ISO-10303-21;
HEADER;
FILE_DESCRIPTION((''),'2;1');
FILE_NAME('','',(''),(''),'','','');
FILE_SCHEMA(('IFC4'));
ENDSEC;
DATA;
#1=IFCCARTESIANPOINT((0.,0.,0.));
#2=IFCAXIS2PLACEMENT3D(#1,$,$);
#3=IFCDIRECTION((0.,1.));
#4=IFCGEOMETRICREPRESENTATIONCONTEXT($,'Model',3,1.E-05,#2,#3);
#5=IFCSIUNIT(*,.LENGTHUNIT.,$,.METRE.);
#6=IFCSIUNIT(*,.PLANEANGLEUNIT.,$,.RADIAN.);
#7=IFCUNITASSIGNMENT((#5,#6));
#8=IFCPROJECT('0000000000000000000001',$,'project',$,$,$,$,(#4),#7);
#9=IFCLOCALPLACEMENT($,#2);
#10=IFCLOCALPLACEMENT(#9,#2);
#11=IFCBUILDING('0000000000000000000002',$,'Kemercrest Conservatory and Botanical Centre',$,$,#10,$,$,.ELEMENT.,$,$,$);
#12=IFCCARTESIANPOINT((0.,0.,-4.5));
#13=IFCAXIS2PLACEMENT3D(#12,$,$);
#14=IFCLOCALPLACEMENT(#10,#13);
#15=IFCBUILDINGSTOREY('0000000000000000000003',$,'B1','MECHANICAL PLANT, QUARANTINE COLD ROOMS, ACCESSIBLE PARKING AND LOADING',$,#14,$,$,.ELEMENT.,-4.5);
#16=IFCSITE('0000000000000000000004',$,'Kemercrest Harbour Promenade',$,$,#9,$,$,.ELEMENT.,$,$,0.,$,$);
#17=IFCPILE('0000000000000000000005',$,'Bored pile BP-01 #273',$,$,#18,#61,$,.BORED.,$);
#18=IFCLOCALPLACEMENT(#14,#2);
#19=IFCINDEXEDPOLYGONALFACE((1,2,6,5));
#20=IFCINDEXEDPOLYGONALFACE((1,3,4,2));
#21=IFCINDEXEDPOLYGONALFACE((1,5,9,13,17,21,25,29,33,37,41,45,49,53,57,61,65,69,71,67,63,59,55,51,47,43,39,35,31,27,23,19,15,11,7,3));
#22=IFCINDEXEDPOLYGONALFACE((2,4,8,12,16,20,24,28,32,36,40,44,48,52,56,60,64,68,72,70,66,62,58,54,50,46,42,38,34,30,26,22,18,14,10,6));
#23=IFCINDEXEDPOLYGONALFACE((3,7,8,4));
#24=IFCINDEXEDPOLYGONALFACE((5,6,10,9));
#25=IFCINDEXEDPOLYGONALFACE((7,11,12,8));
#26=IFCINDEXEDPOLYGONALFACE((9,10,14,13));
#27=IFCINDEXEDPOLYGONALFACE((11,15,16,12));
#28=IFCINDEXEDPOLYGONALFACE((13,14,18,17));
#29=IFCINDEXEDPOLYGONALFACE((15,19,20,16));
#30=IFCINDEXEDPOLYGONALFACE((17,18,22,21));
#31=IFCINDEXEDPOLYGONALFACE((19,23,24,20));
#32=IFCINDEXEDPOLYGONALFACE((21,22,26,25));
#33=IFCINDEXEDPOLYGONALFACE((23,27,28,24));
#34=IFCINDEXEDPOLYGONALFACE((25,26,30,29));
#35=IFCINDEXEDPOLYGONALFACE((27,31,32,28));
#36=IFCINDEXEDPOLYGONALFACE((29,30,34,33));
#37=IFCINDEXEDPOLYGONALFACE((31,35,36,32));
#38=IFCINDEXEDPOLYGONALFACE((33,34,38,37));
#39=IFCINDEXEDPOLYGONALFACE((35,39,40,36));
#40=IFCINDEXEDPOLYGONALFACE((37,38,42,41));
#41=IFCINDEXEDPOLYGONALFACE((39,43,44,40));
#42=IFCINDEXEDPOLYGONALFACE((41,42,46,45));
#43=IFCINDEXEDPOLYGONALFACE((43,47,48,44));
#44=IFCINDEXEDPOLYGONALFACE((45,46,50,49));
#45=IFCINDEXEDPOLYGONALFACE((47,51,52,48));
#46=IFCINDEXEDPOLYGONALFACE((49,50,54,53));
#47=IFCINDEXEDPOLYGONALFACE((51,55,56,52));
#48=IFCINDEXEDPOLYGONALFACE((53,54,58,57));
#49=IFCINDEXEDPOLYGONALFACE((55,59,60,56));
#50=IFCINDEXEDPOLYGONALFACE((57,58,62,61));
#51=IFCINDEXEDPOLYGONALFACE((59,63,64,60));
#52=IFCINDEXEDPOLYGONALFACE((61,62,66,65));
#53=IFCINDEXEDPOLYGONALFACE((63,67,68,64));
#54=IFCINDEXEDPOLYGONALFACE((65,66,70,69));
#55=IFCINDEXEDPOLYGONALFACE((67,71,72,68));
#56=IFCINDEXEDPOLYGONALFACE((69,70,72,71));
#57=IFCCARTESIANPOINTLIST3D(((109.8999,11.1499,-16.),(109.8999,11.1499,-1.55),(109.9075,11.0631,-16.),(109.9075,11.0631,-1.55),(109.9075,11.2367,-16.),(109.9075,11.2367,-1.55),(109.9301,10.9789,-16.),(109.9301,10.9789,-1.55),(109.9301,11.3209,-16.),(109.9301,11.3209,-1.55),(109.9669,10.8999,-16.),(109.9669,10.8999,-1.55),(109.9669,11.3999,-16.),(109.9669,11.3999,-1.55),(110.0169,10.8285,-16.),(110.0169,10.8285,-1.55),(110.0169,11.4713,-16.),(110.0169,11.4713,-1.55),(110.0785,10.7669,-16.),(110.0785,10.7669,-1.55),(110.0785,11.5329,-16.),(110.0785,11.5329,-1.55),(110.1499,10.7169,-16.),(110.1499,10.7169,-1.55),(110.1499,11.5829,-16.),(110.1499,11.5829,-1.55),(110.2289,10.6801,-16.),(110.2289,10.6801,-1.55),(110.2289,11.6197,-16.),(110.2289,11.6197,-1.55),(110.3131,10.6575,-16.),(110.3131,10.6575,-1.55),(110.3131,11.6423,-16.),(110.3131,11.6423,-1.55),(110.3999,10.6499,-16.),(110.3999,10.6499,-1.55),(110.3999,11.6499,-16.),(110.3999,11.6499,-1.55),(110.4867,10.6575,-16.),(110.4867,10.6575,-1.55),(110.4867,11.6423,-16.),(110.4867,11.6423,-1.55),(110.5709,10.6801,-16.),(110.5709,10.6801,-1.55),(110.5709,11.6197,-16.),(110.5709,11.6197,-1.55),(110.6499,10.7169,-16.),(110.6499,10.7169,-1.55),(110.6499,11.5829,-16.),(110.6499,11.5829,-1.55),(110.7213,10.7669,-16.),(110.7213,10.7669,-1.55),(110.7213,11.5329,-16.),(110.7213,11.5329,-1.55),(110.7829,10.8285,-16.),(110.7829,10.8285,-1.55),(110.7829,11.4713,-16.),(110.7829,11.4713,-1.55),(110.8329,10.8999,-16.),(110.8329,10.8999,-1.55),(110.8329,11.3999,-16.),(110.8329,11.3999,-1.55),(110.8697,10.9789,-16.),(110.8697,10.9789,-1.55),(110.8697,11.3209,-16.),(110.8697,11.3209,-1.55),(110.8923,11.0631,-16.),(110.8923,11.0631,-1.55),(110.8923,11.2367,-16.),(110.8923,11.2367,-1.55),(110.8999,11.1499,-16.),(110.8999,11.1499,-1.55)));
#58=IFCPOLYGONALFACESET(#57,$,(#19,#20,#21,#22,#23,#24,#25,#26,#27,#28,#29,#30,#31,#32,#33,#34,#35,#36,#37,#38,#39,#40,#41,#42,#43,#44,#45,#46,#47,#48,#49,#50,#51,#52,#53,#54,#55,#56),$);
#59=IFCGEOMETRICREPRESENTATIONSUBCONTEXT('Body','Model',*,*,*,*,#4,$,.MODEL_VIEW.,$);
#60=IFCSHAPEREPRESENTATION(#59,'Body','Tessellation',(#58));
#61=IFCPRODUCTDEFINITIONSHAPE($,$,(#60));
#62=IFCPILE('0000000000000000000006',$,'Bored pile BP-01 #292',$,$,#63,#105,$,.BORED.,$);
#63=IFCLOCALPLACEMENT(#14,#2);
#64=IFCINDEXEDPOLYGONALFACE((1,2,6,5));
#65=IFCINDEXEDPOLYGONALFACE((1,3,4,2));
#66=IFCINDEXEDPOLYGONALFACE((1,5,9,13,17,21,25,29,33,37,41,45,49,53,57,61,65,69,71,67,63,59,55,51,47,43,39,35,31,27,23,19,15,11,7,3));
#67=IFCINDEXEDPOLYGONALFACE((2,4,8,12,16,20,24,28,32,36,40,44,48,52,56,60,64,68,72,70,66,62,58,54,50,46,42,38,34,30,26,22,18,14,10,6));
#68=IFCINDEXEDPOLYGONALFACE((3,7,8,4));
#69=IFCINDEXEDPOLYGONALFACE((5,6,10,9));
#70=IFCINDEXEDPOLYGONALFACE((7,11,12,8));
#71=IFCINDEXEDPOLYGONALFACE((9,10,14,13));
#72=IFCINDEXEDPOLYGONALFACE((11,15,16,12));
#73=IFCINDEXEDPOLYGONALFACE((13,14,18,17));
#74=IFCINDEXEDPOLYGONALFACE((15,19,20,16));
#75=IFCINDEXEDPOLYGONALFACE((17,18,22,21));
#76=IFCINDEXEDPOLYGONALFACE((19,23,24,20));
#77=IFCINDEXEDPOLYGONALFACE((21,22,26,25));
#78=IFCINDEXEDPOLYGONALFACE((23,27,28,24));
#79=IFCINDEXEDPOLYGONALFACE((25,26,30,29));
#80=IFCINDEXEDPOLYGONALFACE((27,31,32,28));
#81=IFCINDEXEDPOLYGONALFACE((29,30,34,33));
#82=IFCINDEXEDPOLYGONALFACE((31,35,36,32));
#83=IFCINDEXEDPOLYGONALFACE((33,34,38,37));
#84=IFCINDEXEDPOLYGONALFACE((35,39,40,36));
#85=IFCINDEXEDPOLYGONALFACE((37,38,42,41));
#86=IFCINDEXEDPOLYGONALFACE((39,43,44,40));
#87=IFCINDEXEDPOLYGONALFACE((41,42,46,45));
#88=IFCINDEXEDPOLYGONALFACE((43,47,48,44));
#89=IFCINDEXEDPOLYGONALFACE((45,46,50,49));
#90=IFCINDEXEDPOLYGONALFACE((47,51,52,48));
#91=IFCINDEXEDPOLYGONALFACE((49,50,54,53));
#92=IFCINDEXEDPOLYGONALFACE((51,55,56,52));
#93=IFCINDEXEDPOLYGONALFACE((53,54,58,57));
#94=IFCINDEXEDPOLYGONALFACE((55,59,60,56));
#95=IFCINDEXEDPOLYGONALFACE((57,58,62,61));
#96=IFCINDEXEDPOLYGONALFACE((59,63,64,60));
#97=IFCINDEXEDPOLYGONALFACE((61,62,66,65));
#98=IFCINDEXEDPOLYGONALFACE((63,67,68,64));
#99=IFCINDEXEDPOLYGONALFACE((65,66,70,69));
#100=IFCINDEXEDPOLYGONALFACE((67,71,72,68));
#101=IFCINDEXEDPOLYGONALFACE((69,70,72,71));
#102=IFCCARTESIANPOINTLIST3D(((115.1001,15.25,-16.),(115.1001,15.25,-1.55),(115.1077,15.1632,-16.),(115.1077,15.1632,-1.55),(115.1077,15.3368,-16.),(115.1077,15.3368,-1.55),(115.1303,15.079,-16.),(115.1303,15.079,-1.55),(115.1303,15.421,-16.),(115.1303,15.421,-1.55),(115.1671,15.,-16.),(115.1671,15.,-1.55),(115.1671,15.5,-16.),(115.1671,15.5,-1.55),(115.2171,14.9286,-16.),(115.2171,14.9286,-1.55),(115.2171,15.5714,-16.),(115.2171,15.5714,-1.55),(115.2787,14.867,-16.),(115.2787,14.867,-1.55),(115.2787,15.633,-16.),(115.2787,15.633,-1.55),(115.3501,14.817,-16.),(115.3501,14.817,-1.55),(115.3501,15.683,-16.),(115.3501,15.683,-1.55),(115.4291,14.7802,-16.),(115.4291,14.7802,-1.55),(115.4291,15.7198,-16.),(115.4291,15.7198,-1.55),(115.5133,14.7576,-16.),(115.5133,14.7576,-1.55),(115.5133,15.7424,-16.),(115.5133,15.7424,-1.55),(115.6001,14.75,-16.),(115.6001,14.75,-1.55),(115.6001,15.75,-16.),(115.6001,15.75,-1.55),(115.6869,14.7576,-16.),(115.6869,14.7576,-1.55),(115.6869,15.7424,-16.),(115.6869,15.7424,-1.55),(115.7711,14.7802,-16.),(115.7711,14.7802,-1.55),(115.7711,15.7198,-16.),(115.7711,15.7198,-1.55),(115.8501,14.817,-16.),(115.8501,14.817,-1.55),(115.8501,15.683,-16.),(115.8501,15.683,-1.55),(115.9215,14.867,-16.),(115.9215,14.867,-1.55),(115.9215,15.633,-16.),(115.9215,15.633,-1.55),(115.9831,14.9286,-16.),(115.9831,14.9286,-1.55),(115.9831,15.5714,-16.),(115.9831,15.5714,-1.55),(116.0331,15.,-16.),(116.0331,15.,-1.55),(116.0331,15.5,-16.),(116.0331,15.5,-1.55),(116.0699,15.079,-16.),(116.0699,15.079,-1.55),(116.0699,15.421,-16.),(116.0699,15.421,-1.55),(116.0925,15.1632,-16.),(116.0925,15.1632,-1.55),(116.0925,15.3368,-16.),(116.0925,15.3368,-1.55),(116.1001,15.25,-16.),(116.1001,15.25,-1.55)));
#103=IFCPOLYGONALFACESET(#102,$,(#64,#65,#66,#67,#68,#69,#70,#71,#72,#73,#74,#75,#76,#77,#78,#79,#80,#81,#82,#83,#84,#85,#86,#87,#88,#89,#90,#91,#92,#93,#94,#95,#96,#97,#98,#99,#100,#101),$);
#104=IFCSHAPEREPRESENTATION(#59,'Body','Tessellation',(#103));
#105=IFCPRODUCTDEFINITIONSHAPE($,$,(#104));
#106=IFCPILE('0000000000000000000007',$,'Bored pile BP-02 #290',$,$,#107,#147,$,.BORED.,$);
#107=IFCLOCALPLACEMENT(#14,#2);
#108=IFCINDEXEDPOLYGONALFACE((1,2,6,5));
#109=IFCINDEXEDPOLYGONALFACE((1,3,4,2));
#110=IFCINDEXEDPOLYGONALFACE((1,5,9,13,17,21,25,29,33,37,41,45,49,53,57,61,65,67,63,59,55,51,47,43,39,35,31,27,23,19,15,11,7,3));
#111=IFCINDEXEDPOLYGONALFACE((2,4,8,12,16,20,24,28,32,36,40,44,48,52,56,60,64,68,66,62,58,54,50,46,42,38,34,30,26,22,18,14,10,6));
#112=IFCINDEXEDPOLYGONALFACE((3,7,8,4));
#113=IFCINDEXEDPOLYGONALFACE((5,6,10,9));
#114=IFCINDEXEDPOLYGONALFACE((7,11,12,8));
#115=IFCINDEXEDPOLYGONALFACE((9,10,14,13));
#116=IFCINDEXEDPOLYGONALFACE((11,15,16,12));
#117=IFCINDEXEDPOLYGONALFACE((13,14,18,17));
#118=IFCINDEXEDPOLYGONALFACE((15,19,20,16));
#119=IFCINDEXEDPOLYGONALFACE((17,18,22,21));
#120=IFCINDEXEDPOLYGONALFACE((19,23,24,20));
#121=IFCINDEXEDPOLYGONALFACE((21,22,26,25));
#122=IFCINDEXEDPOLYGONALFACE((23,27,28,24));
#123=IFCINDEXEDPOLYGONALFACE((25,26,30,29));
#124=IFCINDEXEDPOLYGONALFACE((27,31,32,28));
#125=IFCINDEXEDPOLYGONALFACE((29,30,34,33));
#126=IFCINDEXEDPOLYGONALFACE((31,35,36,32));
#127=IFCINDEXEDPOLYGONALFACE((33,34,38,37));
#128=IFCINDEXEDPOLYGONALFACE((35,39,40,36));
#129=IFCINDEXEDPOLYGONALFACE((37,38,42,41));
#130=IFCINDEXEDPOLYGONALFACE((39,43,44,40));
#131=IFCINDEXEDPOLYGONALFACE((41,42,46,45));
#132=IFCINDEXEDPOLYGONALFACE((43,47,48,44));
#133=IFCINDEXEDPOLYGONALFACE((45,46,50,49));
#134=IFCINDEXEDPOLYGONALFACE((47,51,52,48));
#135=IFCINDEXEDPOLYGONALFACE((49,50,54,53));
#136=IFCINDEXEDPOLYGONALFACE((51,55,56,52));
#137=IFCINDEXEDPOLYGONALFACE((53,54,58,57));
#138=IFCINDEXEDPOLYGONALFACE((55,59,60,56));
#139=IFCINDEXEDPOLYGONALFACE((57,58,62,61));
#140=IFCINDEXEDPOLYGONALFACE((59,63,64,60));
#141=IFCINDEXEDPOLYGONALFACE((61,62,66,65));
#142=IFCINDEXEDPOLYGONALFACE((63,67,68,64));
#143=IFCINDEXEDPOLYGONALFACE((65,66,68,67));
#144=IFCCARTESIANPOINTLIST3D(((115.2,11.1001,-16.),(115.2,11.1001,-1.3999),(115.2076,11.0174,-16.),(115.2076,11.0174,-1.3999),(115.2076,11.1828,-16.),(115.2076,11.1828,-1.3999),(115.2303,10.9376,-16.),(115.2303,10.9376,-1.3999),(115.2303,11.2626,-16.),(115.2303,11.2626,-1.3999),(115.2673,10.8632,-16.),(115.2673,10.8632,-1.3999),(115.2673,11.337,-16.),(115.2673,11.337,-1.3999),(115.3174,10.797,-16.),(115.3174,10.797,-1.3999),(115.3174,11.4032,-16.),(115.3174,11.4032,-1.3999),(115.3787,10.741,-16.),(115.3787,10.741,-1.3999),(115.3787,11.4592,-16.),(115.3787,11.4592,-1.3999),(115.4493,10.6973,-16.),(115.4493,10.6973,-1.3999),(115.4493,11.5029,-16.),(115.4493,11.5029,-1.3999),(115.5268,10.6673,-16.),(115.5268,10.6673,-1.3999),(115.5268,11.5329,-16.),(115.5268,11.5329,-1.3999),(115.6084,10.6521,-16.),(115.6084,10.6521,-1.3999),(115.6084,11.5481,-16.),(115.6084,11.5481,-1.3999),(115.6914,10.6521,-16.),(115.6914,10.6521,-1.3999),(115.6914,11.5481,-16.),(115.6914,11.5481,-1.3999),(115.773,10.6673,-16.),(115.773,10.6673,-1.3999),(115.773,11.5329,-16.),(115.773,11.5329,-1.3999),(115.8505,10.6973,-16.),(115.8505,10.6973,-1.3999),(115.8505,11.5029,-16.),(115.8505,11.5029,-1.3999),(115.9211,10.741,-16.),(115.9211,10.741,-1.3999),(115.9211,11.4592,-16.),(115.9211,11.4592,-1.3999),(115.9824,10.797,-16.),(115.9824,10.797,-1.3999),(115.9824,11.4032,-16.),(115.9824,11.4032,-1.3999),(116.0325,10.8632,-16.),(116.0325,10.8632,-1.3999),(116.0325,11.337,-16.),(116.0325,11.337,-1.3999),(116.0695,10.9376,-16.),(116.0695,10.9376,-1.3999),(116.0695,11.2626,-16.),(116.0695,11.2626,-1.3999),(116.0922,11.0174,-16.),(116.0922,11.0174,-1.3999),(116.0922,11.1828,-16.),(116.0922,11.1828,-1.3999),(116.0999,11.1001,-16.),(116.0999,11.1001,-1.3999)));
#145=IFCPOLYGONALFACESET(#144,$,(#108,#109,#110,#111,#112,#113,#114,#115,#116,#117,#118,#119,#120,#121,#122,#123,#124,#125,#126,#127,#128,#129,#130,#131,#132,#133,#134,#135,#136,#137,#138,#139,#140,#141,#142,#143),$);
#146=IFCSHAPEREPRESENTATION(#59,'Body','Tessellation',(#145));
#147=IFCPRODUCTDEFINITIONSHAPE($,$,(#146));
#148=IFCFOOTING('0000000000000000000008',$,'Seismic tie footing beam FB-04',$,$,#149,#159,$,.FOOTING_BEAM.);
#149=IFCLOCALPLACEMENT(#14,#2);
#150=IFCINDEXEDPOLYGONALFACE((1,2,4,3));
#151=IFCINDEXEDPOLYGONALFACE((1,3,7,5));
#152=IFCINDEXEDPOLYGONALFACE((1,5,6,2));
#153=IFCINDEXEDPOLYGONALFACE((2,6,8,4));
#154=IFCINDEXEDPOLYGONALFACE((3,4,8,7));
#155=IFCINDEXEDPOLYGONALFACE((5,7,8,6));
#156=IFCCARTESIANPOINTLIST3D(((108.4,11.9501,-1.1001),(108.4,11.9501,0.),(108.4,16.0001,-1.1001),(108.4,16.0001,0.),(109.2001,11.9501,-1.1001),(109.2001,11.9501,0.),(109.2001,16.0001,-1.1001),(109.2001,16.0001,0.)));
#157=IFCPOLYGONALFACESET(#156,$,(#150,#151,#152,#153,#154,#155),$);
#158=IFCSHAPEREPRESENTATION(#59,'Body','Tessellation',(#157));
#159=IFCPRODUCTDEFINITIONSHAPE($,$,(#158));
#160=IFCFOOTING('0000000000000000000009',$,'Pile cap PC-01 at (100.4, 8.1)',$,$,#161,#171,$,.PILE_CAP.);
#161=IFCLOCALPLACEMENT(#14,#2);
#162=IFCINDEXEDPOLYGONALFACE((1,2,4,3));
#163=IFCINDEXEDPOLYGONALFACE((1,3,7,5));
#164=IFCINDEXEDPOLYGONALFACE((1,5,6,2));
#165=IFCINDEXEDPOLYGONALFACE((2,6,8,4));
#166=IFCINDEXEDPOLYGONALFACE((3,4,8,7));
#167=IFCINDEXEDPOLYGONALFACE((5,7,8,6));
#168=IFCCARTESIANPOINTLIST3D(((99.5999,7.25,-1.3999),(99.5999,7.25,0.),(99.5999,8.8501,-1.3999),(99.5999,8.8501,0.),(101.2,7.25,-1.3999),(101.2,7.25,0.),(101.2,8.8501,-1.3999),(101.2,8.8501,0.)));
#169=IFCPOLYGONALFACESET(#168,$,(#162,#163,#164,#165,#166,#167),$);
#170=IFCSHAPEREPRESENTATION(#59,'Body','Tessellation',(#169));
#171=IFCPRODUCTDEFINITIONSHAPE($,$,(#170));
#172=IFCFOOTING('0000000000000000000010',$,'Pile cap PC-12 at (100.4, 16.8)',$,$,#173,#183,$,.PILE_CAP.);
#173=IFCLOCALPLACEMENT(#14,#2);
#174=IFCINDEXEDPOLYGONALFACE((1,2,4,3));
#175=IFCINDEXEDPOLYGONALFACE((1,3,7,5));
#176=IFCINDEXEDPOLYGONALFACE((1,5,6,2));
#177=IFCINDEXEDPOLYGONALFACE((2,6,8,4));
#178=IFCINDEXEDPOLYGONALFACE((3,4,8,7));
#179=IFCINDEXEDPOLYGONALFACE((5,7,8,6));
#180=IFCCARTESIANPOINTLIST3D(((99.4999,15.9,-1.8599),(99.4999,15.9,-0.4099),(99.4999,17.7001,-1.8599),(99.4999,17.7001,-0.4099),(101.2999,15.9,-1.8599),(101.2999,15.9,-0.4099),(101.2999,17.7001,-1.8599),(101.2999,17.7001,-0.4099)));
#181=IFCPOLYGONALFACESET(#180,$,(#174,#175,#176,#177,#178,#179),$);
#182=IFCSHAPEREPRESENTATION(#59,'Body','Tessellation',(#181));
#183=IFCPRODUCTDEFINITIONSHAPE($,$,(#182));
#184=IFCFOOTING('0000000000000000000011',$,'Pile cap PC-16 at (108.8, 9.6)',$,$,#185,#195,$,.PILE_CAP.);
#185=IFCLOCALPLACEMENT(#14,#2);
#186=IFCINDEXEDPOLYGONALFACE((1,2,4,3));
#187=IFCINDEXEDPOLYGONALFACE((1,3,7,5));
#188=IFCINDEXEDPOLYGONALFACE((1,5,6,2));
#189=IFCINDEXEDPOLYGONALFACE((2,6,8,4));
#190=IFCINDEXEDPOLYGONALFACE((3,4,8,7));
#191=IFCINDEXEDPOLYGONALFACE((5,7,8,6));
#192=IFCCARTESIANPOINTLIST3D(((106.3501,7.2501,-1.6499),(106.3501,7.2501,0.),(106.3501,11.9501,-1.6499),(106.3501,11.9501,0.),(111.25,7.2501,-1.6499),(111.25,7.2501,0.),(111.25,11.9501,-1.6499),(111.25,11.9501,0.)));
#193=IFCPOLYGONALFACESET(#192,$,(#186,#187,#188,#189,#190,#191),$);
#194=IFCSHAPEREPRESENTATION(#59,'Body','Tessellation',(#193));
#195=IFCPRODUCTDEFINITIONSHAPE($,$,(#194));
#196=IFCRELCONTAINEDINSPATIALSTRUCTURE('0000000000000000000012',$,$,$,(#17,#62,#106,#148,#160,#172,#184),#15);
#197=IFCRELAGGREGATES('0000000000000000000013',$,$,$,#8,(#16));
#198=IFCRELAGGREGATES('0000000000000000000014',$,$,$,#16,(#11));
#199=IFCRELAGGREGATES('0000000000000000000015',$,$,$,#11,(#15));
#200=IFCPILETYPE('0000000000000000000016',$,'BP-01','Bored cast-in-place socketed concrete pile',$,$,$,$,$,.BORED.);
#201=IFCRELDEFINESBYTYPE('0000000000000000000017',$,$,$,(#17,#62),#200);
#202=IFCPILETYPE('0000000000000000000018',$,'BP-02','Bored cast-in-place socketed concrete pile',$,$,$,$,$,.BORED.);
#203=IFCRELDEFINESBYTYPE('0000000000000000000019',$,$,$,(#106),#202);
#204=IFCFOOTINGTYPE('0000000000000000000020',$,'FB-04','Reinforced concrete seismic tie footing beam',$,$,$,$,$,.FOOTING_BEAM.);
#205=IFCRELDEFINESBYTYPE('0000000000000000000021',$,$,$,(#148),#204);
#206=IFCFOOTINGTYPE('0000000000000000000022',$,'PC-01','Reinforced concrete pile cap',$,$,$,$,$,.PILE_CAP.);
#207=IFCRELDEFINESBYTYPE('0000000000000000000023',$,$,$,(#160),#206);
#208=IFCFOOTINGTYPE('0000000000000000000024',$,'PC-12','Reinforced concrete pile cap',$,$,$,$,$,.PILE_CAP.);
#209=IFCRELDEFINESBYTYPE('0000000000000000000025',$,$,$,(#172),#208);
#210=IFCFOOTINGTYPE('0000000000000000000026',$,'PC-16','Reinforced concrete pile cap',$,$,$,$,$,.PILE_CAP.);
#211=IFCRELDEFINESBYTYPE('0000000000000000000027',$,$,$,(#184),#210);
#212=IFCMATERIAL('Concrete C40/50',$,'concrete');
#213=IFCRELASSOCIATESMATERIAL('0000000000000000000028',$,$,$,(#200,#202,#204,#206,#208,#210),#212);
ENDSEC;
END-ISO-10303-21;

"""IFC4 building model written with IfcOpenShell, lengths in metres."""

from ifc_helpers import new_model, si_unit, direction, frame, origin, origin_2d, place, context, subcontext, project, spatial, rectangle, circle, extrude, material, material_profile, profile_set, type_object, element, save


model = new_model("IFC4")

# Units and contexts
model_context = context("Model", 3, precision=1e-05, world=origin(), true_north=direction((0.0, 1.0)))
body_context = subcontext(model_context, "Body", "Model", "MODEL_VIEW")
ifc_project = project(units=[si_unit("LENGTHUNIT", "METRE"), si_unit("PLANEANGLEUNIT", "RADIAN")], contexts=[model_context])

# Site, building, storey
site_placement = place(None, origin())
site = spatial("IfcSite", under=ifc_project, at=site_placement, Name="Kemercrest Harbour Promenade", CompositionType="ELEMENT", RefElevation=0.0)
building_placement = place(site_placement, origin())
building = spatial("IfcBuilding", under=site, at=building_placement, Name="Kemercrest Conservatory and Botanical Centre", CompositionType="ELEMENT")
storey_placement = place(building_placement, frame((0.0, 0.0, -4.5)))
storey = spatial("IfcBuildingStorey", under=building, at=storey_placement, Name="B1", Description="MECHANICAL PLANT, QUARANTINE COLD ROOMS, ACCESSIBLE PARKING AND LOADING", CompositionType="ELEMENT", Elevation=-4.5)

# Piles
ifc_material_1 = material(Name="Concrete C40/50", Category="concrete")
ifc_material_profile_1 = material_profile(ifc_material_1, circle(Radius=0.5, at=origin_2d()), Name="BORED PILE 1000")
ifc_profile_set_1 = profile_set([ifc_material_profile_1], Name="Concrete C40/50")
pile_type_1 = type_object("IfcPileType", Name="BP-01", Description="Bored cast-in-place socketed concrete pile", PredefinedType="BORED", material=ifc_profile_set_1)
for number, where, z_axis, x_axis, name in (
    (1, (110.3999, 11.1499, -1.55), (0.0, 0.0, -1.0), (1.0, 0.0, 0.0), "Bored pile BP-01 #273"),
    (2, (115.6001, 15.25, -1.55), (0.0, 0.0, -1.0), (1.0, 0.0, 0.0), "Bored pile BP-01 #292"),
):
    element("IfcPile", number, at=place(storey_placement, frame(where, z_axis=z_axis, x_axis=x_axis)), inside=storey, type_object=pile_type_1, Name=name, PredefinedType="BORED", context=body_context, shape_type="SweptSolid", body=[
        extrude(circle(Radius=0.5, at=origin_2d()), origin(), (0.0, 0.0, 1.0), 14.45),
    ])
ifc_material_profile_2 = material_profile(ifc_material_1, circle(Radius=0.45, at=origin_2d()), Name="BORED PILE 900")
ifc_profile_set_2 = profile_set([ifc_material_profile_2], Name="Concrete C40/50")
pile_type_2 = type_object("IfcPileType", Name="BP-02", Description="Bored cast-in-place socketed concrete pile", PredefinedType="BORED", material=ifc_profile_set_2)
pile_1_placement = place(storey_placement, frame((115.6499, 11.1001, -1.3999), z_axis=(0.0, 0.0, -1.0), x_axis=(1.0, 0.0, 0.0)))
element("IfcPile", 3, at=pile_1_placement, inside=storey, type_object=pile_type_2, Name="Bored pile BP-02 #290", PredefinedType="BORED", context=body_context, shape_type="SweptSolid", body=[
    extrude(circle(Radius=0.45, at=origin_2d()), origin(), (0.0, 0.0, 1.0), 14.6001),
])

# Footings
footing_type_1 = type_object("IfcFootingType", Name="FB-04", Description="Reinforced concrete seismic tie footing beam", PredefinedType="FOOTING_BEAM", material=ifc_material_1)
footing_1_placement = place(storey_placement, frame((108.8, 13.9751, -1.1001), z_axis=(0.0, 0.0, 1.0), x_axis=(1.0, 0.0, 0.0)))
element("IfcFooting", 4, at=footing_1_placement, inside=storey, type_object=footing_type_1, Name="Seismic tie footing beam FB-04", PredefinedType="FOOTING_BEAM", context=body_context, shape_type="SweptSolid", body=[
    extrude(rectangle(XDim=0.8, YDim=4.05, at=origin_2d()), origin(), (0.0, 0.0, 1.0), 1.1001),
])
footing_type_2 = type_object("IfcFootingType", Name="PC-01", Description="Reinforced concrete pile cap", PredefinedType="PILE_CAP", material=ifc_material_1)
footing_2_placement = place(storey_placement, frame((100.3999, 8.05, -1.3999), z_axis=(0.0, 0.0, 1.0), x_axis=(1.0, 0.0, 0.0)))
element("IfcFooting", 5, at=footing_2_placement, inside=storey, type_object=footing_type_2, Name="Pile cap PC-01 at (100.4, 8.1)", PredefinedType="PILE_CAP", context=body_context, shape_type="SweptSolid", body=[
    extrude(rectangle(XDim=1.6001, YDim=1.6001, at=origin_2d()), origin(), (0.0, 0.0, 1.0), 1.3999),
])
footing_type_3 = type_object("IfcFootingType", Name="PC-12", Description="Reinforced concrete pile cap", PredefinedType="PILE_CAP", material=ifc_material_1)
footing_3_placement = place(storey_placement, frame((100.3999, 16.8, -1.8599), z_axis=(0.0, 0.0, 1.0), x_axis=(1.0, 0.0, 0.0)))
element("IfcFooting", 6, at=footing_3_placement, inside=storey, type_object=footing_type_3, Name="Pile cap PC-12 at (100.4, 16.8)", PredefinedType="PILE_CAP", context=body_context, shape_type="SweptSolid", body=[
    extrude(rectangle(XDim=1.8, YDim=1.8, at=origin_2d()), origin(), (0.0, 0.0, 1.0), 1.45),
])
footing_type_4 = type_object("IfcFootingType", Name="PC-16", Description="Reinforced concrete pile cap", PredefinedType="PILE_CAP", material=ifc_material_1)
footing_4_placement = place(storey_placement, frame((108.8, 9.6001, -1.6499), z_axis=(0.0, 0.0, 1.0), x_axis=(1.0, 0.0, 0.0)))
element("IfcFooting", 7, at=footing_4_placement, inside=storey, type_object=footing_type_4, Name="Pile cap PC-16 at (108.8, 9.6)", PredefinedType="PILE_CAP", context=body_context, shape_type="SweptSolid", body=[
    extrude(rectangle(XDim=4.8999, YDim=4.7, at=origin_2d()), origin(), (0.0, 0.0, 1.0), 1.6499),
])

save(model, "model.ifc")
